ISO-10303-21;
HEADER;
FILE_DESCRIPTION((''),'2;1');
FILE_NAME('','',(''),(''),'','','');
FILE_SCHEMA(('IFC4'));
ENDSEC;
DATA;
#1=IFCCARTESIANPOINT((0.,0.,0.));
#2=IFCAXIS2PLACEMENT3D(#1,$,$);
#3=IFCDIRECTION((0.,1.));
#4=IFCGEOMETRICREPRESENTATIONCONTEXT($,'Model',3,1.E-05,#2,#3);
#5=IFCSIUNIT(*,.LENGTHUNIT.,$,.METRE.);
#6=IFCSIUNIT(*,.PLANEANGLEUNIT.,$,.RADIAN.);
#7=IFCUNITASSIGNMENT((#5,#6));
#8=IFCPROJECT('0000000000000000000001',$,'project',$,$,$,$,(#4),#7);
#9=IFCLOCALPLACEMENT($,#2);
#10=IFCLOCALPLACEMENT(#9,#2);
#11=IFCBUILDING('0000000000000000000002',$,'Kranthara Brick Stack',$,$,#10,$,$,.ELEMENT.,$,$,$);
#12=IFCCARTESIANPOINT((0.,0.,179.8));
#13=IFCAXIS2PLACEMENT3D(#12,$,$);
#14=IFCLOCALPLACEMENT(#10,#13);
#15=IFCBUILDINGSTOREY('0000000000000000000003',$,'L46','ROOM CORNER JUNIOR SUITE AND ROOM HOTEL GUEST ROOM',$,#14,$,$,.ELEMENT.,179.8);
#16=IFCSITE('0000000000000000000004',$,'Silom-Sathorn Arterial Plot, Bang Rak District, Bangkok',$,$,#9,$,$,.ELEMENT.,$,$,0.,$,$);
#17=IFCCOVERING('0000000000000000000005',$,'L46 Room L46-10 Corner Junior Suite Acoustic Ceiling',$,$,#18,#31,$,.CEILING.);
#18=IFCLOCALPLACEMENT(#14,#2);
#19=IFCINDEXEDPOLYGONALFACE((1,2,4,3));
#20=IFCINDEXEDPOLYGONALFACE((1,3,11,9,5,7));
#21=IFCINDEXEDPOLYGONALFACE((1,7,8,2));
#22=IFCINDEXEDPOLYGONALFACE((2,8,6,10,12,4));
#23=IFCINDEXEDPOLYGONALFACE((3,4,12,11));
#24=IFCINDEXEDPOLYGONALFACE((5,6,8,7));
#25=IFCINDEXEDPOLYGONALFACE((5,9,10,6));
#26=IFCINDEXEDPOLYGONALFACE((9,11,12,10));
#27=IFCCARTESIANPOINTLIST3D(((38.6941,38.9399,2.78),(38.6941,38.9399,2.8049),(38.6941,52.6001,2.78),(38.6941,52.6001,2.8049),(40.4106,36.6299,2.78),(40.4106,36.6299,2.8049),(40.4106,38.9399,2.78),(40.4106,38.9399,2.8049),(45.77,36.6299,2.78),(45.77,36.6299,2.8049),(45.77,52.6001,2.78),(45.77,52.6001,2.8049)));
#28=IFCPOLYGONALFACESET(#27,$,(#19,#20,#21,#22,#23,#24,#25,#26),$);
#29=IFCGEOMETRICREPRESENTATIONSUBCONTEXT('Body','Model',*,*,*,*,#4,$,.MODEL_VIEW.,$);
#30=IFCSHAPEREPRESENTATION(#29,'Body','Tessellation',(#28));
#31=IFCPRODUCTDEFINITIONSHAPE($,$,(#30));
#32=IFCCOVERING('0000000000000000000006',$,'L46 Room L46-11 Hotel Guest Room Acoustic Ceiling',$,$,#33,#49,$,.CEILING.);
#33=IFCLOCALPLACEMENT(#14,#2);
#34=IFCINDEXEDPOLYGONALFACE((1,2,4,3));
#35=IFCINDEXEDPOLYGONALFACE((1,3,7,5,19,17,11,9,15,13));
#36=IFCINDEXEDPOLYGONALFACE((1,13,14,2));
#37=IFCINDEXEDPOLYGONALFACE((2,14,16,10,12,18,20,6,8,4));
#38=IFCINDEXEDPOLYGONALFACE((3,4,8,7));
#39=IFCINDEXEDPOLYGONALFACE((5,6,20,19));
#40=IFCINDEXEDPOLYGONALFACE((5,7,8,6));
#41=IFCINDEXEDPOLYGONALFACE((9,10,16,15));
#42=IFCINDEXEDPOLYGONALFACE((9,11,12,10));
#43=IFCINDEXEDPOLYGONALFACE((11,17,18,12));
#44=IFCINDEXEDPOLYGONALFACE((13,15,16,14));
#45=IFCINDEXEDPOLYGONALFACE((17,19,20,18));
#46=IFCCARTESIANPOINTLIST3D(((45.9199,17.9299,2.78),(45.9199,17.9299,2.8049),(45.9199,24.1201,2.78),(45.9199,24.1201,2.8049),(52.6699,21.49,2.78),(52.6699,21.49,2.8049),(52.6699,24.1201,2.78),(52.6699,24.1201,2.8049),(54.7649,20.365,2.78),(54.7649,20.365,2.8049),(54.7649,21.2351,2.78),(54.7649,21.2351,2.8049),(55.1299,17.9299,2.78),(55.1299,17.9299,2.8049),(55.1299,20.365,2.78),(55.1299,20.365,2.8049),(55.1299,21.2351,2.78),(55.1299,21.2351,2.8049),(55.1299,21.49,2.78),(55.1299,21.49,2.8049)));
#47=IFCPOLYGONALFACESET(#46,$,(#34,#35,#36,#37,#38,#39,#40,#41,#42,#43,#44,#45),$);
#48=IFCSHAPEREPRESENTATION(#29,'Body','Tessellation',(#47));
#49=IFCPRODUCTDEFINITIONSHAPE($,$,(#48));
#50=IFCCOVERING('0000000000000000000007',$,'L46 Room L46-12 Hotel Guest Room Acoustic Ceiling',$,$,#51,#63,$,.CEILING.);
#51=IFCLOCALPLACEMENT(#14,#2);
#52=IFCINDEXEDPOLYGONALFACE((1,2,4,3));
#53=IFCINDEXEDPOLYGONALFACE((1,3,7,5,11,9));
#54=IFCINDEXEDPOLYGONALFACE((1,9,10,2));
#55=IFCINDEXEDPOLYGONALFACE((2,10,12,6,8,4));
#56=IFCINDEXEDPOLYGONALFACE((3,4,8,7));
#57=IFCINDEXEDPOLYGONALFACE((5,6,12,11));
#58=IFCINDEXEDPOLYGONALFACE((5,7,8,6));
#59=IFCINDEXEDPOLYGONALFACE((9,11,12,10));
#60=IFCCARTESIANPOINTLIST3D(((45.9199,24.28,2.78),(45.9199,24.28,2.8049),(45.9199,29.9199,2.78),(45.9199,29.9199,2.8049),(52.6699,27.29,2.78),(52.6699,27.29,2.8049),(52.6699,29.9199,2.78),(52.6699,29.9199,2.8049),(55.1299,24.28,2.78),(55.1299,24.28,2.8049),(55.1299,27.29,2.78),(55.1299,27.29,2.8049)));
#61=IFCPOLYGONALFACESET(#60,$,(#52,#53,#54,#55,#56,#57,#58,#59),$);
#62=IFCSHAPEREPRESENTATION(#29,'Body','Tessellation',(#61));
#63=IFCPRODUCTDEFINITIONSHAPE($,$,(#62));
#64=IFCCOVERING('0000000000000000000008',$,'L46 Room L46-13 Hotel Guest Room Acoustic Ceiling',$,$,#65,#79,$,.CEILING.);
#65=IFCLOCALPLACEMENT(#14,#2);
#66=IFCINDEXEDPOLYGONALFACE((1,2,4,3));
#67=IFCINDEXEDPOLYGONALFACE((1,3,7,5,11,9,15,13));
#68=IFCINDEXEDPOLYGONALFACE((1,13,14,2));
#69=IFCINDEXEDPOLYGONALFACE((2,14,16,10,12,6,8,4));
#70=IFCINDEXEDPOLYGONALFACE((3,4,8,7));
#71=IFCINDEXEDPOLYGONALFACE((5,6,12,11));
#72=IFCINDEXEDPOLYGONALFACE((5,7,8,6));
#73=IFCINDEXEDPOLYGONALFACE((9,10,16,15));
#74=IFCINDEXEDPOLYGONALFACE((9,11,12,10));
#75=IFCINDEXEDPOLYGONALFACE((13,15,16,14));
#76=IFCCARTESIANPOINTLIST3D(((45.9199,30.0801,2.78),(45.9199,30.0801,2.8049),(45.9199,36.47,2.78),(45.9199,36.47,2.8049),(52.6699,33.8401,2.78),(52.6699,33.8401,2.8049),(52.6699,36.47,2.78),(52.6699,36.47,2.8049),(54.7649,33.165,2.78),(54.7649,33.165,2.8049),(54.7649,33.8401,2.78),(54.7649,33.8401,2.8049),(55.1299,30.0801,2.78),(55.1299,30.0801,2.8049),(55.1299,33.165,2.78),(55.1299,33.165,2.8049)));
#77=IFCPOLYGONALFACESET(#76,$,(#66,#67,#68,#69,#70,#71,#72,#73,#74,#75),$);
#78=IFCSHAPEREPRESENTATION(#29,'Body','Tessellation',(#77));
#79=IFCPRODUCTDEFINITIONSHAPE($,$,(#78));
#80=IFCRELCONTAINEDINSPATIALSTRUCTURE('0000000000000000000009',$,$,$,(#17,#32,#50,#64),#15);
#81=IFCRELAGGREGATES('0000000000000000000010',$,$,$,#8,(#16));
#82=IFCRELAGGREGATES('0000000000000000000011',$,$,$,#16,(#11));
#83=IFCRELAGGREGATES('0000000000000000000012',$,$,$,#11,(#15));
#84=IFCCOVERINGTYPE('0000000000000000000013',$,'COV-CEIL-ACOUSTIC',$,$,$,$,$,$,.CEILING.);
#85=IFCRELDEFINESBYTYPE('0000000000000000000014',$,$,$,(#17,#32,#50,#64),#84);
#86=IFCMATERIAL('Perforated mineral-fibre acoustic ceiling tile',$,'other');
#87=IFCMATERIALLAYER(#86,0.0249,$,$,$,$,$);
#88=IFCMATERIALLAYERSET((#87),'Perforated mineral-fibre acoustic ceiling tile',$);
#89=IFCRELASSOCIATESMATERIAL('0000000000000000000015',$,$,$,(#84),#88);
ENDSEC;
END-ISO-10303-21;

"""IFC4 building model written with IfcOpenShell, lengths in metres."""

from ifc_helpers import new_model, si_unit, direction, frame, origin, place, context, subcontext, project, spatial, polyline, outline, extrude, material, layer, layer_set, type_object, element, save


model = new_model("IFC4")

# Units and contexts
model_context = context("Model", 3, precision=1e-05, world=origin(), true_north=direction((0.0, 1.0)))
body_context = subcontext(model_context, "Body", "Model", "MODEL_VIEW")
ifc_project = project(units=[si_unit("LENGTHUNIT", "METRE"), si_unit("PLANEANGLEUNIT", "RADIAN")], contexts=[model_context])

# Site, building, storey
site_placement = place(None, origin())
site = spatial("IfcSite", under=ifc_project, at=site_placement, Name="Silom-Sathorn Arterial Plot, Bang Rak District, Bangkok", CompositionType="ELEMENT", RefElevation=0.0)
building_placement = place(site_placement, origin())
building = spatial("IfcBuilding", under=site, at=building_placement, Name="Kranthara Brick Stack", CompositionType="ELEMENT")
storey_placement = place(building_placement, frame((0.0, 0.0, 179.8)))
storey = spatial("IfcBuildingStorey", under=building, at=storey_placement, Name="L46", Description="ROOM CORNER JUNIOR SUITE AND ROOM HOTEL GUEST ROOM", CompositionType="ELEMENT", Elevation=179.8)

# Coverings
ifc_material_1 = material(Name="Perforated mineral-fibre acoustic ceiling tile", Category="other")
ifc_layer_1 = layer(ifc_material_1, 0.0249)
ifc_layer_set_1 = layer_set([ifc_layer_1], Name="Perforated mineral-fibre acoustic ceiling tile")
covering_type = type_object("IfcCoveringType", Name="COV-CEIL-ACOUSTIC", PredefinedType="CEILING", material=ifc_layer_set_1)
covering_1_placement = place(storey_placement, frame((0.0, 0.0, 2.78)))
element("IfcCovering", 1, at=covering_1_placement, inside=storey, type_object=covering_type, Name="L46 Room L46-10 Corner Junior Suite Acoustic Ceiling", PredefinedType="CEILING", context=body_context, shape_type="SweptSolid", body=[
    extrude(outline(polyline([(40.4106, 36.6299), (45.77, 36.6299), (45.77, 52.6001), (38.6941, 52.6001), (38.6941, 38.9399), (40.4106, 38.9399), (40.4106, 36.6299)])), origin(), (0.0, 0.0, 1.0), 0.0249),
])
covering_2_placement = place(storey_placement, frame((0.0, 0.0, 2.78)))
element("IfcCovering", 2, at=covering_2_placement, inside=storey, type_object=covering_type, Name="L46 Room L46-11 Hotel Guest Room Acoustic Ceiling", PredefinedType="CEILING", context=body_context, shape_type="SweptSolid", body=[
    extrude(outline(polyline([(55.1299, 17.9299), (45.9199, 17.9299), (45.9199, 24.1201), (52.6699, 24.1201), (52.6699, 21.49), (55.1299, 21.49), (55.1299, 21.2351), (54.7649, 21.2351), (54.7649, 20.365), (55.1299, 20.365), (55.1299, 17.9299)])), origin(), (0.0, 0.0, 1.0), 0.0249),
])
covering_3_placement = place(storey_placement, frame((0.0, 0.0, 2.78)))
element("IfcCovering", 3, at=covering_3_placement, inside=storey, type_object=covering_type, Name="L46 Room L46-12 Hotel Guest Room Acoustic Ceiling", PredefinedType="CEILING", context=body_context, shape_type="SweptSolid", body=[
    extrude(outline(polyline([(45.9199, 24.28), (55.1299, 24.28), (55.1299, 27.29), (52.6699, 27.29), (52.6699, 29.9199), (45.9199, 29.9199), (45.9199, 24.28)])), origin(), (0.0, 0.0, 1.0), 0.0249),
])
covering_4_placement = place(storey_placement, frame((0.0, 0.0, 2.78)))
element("IfcCovering", 4, at=covering_4_placement, inside=storey, type_object=covering_type, Name="L46 Room L46-13 Hotel Guest Room Acoustic Ceiling", PredefinedType="CEILING", context=body_context, shape_type="SweptSolid", body=[
    extrude(outline(polyline([(55.1299, 30.0801), (45.9199, 30.0801), (45.9199, 36.47), (52.6699, 36.47), (52.6699, 33.8401), (54.7649, 33.8401), (54.7649, 33.165), (55.1299, 33.165), (55.1299, 30.0801)])), origin(), (0.0, 0.0, 1.0), 0.0249),
])

save(model, "model.ifc")
